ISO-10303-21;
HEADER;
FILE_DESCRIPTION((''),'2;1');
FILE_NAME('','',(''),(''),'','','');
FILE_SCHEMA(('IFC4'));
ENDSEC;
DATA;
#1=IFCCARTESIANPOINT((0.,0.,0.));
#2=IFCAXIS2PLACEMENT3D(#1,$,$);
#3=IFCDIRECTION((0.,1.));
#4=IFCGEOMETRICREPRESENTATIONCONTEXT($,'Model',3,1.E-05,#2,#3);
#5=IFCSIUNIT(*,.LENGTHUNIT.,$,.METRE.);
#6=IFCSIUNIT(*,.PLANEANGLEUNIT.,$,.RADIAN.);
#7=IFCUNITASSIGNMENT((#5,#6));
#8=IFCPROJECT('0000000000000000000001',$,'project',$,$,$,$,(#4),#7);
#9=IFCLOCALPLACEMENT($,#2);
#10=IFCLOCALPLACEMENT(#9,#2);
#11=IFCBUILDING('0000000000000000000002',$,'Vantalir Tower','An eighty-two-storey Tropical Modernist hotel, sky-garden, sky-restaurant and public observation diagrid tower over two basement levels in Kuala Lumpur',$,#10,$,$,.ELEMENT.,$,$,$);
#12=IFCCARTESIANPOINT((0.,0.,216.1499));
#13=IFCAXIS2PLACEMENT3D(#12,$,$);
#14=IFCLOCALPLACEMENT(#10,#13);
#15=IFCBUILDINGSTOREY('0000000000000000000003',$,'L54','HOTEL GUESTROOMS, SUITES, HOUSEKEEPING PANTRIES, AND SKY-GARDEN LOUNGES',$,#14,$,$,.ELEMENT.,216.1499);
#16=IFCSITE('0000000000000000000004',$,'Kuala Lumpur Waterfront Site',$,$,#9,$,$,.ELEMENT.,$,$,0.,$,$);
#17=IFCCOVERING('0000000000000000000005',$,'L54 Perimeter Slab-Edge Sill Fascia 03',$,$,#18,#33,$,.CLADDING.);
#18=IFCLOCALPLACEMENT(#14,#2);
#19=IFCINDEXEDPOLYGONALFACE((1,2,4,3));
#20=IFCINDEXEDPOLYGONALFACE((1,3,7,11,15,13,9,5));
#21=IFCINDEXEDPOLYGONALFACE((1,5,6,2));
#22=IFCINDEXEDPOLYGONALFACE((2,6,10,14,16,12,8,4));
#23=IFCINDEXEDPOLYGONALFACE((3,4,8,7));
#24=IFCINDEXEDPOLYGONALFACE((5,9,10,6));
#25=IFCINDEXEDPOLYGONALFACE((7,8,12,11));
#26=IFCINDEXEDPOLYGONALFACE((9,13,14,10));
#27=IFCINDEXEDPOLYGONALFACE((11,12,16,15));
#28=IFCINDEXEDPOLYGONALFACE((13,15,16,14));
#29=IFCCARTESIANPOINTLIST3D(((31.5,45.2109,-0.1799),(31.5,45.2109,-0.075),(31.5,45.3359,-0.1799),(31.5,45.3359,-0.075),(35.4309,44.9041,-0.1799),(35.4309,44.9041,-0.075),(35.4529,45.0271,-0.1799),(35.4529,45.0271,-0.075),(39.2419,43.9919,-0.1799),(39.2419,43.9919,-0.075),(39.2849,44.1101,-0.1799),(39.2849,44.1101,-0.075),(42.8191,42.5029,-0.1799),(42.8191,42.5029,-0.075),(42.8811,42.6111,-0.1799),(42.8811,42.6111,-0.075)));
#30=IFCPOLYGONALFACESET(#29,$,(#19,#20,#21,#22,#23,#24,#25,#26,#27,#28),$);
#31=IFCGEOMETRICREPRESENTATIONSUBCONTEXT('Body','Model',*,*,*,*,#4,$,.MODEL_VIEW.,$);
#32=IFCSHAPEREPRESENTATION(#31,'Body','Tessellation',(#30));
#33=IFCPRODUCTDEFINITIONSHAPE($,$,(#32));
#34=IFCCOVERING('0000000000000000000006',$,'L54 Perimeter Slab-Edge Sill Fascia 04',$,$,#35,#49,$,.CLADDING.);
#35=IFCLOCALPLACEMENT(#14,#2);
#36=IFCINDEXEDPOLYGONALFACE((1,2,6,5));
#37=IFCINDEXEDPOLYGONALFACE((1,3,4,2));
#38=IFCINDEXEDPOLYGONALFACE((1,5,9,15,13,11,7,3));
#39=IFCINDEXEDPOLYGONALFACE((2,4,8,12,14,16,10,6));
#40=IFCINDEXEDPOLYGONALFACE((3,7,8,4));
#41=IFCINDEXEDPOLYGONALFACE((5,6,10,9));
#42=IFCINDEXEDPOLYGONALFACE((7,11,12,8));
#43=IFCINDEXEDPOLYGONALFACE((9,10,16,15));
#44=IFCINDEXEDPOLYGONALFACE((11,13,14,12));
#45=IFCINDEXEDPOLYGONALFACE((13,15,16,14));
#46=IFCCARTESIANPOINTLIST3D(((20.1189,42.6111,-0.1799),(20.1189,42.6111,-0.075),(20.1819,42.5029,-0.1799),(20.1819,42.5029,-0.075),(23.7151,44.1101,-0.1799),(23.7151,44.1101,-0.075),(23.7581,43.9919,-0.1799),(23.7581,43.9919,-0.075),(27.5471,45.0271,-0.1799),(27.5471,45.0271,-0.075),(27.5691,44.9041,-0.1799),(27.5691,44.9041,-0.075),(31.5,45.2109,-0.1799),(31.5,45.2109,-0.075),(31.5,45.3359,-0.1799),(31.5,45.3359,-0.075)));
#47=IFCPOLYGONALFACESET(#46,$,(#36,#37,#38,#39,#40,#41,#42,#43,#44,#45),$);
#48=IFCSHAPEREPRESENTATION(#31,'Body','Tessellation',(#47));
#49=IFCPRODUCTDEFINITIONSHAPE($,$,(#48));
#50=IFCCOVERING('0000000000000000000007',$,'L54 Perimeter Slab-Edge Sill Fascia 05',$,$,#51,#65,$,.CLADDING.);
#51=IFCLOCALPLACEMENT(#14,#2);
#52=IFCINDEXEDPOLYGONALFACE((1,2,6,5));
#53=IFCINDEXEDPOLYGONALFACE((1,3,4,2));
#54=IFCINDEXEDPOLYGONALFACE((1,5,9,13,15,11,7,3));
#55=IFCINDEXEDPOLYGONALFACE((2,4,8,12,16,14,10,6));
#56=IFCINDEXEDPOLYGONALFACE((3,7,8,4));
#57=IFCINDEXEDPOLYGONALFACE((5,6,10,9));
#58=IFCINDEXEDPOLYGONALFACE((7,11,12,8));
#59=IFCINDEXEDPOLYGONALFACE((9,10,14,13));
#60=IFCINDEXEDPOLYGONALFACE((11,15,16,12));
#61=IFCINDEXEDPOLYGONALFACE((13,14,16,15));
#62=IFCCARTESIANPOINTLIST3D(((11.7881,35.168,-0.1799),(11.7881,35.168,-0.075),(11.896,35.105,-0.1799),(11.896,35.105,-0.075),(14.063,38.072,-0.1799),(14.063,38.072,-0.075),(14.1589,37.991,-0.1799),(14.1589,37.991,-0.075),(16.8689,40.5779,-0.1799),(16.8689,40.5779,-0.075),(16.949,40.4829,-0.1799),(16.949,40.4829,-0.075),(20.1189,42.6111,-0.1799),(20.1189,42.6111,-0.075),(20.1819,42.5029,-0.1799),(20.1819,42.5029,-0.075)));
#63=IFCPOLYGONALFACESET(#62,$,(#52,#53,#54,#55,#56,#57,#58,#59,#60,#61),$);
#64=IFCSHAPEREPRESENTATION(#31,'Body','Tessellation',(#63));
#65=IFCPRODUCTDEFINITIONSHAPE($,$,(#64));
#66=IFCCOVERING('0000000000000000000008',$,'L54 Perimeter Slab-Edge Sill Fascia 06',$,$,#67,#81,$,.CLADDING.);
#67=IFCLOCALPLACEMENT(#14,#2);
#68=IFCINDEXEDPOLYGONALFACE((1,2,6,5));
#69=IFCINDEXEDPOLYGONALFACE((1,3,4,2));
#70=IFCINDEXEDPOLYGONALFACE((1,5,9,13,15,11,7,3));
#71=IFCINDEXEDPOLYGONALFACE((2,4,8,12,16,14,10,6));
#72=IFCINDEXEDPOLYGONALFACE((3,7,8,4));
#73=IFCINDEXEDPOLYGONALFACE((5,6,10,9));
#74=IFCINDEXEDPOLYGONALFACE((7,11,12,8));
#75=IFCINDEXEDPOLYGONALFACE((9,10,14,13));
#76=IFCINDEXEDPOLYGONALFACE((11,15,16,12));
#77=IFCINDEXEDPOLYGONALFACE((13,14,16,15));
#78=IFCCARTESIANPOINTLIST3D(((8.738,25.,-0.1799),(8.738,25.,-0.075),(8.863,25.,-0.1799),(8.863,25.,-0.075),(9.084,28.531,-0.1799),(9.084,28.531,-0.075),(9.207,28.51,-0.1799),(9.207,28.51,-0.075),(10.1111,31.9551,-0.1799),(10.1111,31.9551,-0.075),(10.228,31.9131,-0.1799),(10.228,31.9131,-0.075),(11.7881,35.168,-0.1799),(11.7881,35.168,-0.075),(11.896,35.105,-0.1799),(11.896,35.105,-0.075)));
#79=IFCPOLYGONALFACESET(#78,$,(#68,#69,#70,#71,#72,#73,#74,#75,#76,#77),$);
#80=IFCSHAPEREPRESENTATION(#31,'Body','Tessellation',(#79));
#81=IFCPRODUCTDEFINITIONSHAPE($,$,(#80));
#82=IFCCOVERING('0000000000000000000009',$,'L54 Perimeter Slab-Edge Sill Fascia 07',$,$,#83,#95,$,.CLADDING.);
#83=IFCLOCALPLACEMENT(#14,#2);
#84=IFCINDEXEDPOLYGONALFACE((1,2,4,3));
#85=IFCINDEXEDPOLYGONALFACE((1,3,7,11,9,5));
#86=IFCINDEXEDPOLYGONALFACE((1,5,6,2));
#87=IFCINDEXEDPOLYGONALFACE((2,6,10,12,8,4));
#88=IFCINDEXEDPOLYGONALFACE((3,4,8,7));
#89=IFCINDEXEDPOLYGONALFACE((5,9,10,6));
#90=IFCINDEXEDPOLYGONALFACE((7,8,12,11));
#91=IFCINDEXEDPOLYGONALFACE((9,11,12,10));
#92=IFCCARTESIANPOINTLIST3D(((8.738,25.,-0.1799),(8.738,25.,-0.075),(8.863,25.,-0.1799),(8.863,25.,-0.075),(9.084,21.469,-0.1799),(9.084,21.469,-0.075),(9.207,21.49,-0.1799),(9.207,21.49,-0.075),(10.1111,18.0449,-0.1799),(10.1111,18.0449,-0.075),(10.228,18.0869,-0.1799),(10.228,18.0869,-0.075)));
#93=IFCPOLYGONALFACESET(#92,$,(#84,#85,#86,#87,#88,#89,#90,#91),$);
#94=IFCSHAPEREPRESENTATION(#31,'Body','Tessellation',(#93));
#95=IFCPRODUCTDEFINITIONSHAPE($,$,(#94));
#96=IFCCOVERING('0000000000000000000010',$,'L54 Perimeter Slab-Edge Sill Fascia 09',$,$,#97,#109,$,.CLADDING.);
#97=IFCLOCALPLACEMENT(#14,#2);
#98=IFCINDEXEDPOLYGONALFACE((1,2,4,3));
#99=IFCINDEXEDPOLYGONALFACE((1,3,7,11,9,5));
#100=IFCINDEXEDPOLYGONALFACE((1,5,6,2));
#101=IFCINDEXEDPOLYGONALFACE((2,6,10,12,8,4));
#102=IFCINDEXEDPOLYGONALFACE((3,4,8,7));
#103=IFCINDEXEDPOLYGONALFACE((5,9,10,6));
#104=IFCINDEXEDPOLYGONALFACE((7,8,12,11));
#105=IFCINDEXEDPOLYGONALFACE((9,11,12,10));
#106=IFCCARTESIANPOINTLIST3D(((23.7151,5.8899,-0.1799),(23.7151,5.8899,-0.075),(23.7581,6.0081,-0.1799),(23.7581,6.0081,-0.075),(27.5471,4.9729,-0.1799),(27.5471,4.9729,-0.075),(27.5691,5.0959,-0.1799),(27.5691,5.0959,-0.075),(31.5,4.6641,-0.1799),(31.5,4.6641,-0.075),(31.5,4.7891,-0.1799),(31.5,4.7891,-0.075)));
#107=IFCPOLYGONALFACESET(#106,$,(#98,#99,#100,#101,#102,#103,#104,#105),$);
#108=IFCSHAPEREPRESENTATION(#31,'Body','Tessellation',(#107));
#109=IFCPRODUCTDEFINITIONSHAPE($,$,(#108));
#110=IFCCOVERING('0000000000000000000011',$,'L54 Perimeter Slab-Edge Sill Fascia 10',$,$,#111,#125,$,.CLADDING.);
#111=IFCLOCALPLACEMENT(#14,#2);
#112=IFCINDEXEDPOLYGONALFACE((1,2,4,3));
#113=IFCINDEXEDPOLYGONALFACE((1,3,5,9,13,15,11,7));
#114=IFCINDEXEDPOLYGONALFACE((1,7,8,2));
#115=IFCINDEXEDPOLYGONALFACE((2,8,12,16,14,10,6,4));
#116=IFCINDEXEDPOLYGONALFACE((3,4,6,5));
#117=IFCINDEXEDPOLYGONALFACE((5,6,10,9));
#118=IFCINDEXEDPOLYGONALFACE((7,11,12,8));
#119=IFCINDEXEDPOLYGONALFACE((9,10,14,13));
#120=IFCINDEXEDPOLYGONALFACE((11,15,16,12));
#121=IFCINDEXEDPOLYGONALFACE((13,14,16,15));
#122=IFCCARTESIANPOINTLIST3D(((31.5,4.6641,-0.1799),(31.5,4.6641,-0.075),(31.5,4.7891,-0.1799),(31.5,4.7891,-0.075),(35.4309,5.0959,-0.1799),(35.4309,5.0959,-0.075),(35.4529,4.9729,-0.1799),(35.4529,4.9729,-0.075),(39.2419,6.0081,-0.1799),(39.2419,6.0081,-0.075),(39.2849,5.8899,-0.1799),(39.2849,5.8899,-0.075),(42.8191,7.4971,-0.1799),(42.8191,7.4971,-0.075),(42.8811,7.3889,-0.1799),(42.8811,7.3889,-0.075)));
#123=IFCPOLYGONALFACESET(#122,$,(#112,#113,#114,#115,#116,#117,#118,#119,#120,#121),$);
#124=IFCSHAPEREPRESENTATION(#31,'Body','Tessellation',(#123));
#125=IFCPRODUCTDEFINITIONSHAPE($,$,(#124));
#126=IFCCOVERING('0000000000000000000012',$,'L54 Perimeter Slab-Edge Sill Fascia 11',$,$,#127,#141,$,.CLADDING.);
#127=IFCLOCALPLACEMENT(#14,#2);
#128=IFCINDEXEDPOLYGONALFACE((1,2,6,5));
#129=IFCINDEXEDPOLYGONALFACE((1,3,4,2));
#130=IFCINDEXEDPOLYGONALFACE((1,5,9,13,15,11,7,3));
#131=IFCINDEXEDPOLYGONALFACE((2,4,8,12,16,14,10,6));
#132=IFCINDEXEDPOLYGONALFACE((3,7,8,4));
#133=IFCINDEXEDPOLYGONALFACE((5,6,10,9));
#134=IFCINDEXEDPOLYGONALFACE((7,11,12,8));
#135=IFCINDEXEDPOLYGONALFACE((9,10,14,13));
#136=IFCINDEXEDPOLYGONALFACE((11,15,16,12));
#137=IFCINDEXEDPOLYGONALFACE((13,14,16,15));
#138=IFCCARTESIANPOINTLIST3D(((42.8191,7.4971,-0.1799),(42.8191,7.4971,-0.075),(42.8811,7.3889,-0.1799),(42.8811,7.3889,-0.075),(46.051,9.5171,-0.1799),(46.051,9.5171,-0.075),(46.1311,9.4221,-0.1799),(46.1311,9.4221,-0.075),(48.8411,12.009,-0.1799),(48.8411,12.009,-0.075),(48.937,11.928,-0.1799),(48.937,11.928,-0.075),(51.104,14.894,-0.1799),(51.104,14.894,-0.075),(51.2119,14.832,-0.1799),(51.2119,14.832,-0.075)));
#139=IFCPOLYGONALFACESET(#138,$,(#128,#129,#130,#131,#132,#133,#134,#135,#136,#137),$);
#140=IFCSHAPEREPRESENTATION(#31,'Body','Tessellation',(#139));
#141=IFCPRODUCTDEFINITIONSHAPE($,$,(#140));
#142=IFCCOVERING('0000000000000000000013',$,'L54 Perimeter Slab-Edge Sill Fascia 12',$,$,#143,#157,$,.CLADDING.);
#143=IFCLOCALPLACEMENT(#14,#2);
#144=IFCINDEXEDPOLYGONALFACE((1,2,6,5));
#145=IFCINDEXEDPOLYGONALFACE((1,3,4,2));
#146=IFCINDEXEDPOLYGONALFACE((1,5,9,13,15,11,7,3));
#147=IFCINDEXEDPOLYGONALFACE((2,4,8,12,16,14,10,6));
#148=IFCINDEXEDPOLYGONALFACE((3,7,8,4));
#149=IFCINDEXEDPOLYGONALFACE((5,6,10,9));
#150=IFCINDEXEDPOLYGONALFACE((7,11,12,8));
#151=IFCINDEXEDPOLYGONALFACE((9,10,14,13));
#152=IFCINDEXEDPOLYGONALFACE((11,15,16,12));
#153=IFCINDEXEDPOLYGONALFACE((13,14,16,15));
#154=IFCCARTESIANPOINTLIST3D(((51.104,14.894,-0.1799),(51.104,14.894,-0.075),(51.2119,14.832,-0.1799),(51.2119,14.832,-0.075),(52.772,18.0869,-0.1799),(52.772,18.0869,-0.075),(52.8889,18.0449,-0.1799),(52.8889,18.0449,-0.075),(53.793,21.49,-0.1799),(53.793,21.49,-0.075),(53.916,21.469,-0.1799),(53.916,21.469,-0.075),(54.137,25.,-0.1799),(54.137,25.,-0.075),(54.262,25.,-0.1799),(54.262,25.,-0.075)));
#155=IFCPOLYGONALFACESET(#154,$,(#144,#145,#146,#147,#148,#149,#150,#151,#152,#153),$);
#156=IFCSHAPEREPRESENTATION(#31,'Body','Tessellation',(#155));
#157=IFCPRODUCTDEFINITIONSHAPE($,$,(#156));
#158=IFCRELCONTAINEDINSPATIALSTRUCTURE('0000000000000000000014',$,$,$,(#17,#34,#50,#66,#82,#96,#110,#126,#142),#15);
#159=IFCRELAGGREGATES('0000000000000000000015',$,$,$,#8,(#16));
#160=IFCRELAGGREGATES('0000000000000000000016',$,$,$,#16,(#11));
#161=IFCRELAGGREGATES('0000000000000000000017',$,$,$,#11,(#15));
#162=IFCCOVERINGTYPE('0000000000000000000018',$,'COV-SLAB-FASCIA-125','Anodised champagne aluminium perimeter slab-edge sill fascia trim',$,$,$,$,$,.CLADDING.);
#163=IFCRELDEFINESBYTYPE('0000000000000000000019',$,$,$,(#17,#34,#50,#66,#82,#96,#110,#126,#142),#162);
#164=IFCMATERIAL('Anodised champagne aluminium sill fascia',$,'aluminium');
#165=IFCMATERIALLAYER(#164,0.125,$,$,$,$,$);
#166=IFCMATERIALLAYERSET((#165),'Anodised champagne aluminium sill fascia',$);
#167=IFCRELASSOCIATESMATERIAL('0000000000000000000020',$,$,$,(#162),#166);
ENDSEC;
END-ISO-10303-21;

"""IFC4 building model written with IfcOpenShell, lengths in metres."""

from ifc_helpers import new_model, si_unit, direction, frame, origin, place, context, subcontext, project, spatial, polyline, outline, extrude, material, layer, layer_set, type_object, element, save


model = new_model("IFC4")

# Units and contexts
model_context = context("Model", 3, precision=1e-05, world=origin(), true_north=direction((0.0, 1.0)))
body_context = subcontext(model_context, "Body", "Model", "MODEL_VIEW")
ifc_project = project(units=[si_unit("LENGTHUNIT", "METRE"), si_unit("PLANEANGLEUNIT", "RADIAN")], contexts=[model_context])

# Site, building, storey
site_placement = place(None, origin())
site = spatial("IfcSite", under=ifc_project, at=site_placement, Name="Kuala Lumpur Waterfront Site", CompositionType="ELEMENT", RefElevation=0.0)
building_placement = place(site_placement, origin())
building = spatial("IfcBuilding", under=site, at=building_placement, Name="Vantalir Tower", Description="An eighty-two-storey Tropical Modernist hotel, sky-garden, sky-restaurant and public observation diagrid tower over two basement levels in Kuala Lumpur", CompositionType="ELEMENT")
storey_placement = place(building_placement, frame((0.0, 0.0, 216.1499)))
storey = spatial("IfcBuildingStorey", under=building, at=storey_placement, Name="L54", Description="HOTEL GUESTROOMS, SUITES, HOUSEKEEPING PANTRIES, AND SKY-GARDEN LOUNGES", CompositionType="ELEMENT", Elevation=216.1499)

# Coverings
ifc_material_1 = material(Name="Anodised champagne aluminium sill fascia", Category="aluminium")
ifc_layer_1 = layer(ifc_material_1, 0.125)
ifc_layer_set_1 = layer_set([ifc_layer_1], Name="Anodised champagne aluminium sill fascia")
covering_type = type_object("IfcCoveringType", Name="COV-SLAB-FASCIA-125", Description="Anodised champagne aluminium perimeter slab-edge sill fascia trim", PredefinedType="CLADDING", material=ifc_layer_set_1)
covering_1_placement = place(storey_placement, frame((0.0, 0.0, -0.1799)))
element("IfcCovering", 1, at=covering_1_placement, inside=storey, type_object=covering_type, Name="L54 Perimeter Slab-Edge Sill Fascia 03", PredefinedType="CLADDING", context=body_context, shape_type="SweptSolid", body=[
    extrude(outline(polyline([(42.8811, 42.6111), (39.2849, 44.1101), (35.4529, 45.0271), (31.5, 45.3359), (31.5, 45.2109), (35.4309, 44.9041), (39.2419, 43.9919), (42.8191, 42.5029), (42.8811, 42.6111)])), origin(), (0.0, 0.0, 1.0), 0.105),
])
covering_2_placement = place(storey_placement, frame((0.0, 0.0, -0.1799)))
element("IfcCovering", 2, at=covering_2_placement, inside=storey, type_object=covering_type, Name="L54 Perimeter Slab-Edge Sill Fascia 04", PredefinedType="CLADDING", context=body_context, shape_type="SweptSolid", body=[
    extrude(outline(polyline([(31.5, 45.3359), (27.5471, 45.0271), (23.7151, 44.1101), (20.1189, 42.6111), (20.1819, 42.5029), (23.7581, 43.9919), (27.5691, 44.9041), (31.5, 45.2109), (31.5, 45.3359)])), origin(), (0.0, 0.0, 1.0), 0.105),
])
covering_3_placement = place(storey_placement, frame((0.0, 0.0, -0.1799)))
element("IfcCovering", 3, at=covering_3_placement, inside=storey, type_object=covering_type, Name="L54 Perimeter Slab-Edge Sill Fascia 05", PredefinedType="CLADDING", context=body_context, shape_type="SweptSolid", body=[
    extrude(outline(polyline([(20.1189, 42.6111), (16.8689, 40.5779), (14.063, 38.072), (11.7881, 35.168), (11.896, 35.105), (14.1589, 37.991), (16.949, 40.4829), (20.1819, 42.5029), (20.1189, 42.6111)])), origin(), (0.0, 0.0, 1.0), 0.105),
])
covering_4_placement = place(storey_placement, frame((0.0, 0.0, -0.1799)))
element("IfcCovering", 4, at=covering_4_placement, inside=storey, type_object=covering_type, Name="L54 Perimeter Slab-Edge Sill Fascia 06", PredefinedType="CLADDING", context=body_context, shape_type="SweptSolid", body=[
    extrude(outline(polyline([(11.7881, 35.168), (10.1111, 31.9551), (9.084, 28.531), (8.738, 25.0), (8.863, 25.0), (9.207, 28.51), (10.228, 31.9131), (11.896, 35.105), (11.7881, 35.168)])), origin(), (0.0, 0.0, 1.0), 0.105),
])
covering_5_placement = place(storey_placement, frame((0.0, 0.0, -0.1799)))
element("IfcCovering", 5, at=covering_5_placement, inside=storey, type_object=covering_type, Name="L54 Perimeter Slab-Edge Sill Fascia 07", PredefinedType="CLADDING", context=body_context, shape_type="SweptSolid", body=[
    extrude(outline(polyline([(8.738, 25.0), (9.084, 21.469), (10.1111, 18.0449), (10.228, 18.0869), (9.207, 21.49), (8.863, 25.0), (8.738, 25.0)])), origin(), (0.0, 0.0, 1.0), 0.105),
])
covering_6_placement = place(storey_placement, frame((0.0, 0.0, -0.1799)))
element("IfcCovering", 6, at=covering_6_placement, inside=storey, type_object=covering_type, Name="L54 Perimeter Slab-Edge Sill Fascia 09", PredefinedType="CLADDING", context=body_context, shape_type="SweptSolid", body=[
    extrude(outline(polyline([(23.7151, 5.8899), (27.5471, 4.9729), (31.5, 4.6641), (31.5, 4.7891), (27.5691, 5.0959), (23.7581, 6.0081), (23.7151, 5.8899)])), origin(), (0.0, 0.0, 1.0), 0.105),
])
covering_7_placement = place(storey_placement, frame((0.0, 0.0, -0.1799)))
element("IfcCovering", 7, at=covering_7_placement, inside=storey, type_object=covering_type, Name="L54 Perimeter Slab-Edge Sill Fascia 10", PredefinedType="CLADDING", context=body_context, shape_type="SweptSolid", body=[
    extrude(outline(polyline([(31.5, 4.6641), (35.4529, 4.9729), (39.2849, 5.8899), (42.8811, 7.3889), (42.8191, 7.4971), (39.2419, 6.0081), (35.4309, 5.0959), (31.5, 4.7891), (31.5, 4.6641)])), origin(), (0.0, 0.0, 1.0), 0.105),
])
covering_8_placement = place(storey_placement, frame((0.0, 0.0, -0.1799)))
element("IfcCovering", 8, at=covering_8_placement, inside=storey, type_object=covering_type, Name="L54 Perimeter Slab-Edge Sill Fascia 11", PredefinedType="CLADDING", context=body_context, shape_type="SweptSolid", body=[
    extrude(outline(polyline([(42.8811, 7.3889), (46.1311, 9.4221), (48.937, 11.928), (51.2119, 14.832), (51.104, 14.894), (48.8411, 12.009), (46.051, 9.5171), (42.8191, 7.4971), (42.8811, 7.3889)])), origin(), (0.0, 0.0, 1.0), 0.105),
])
covering_9_placement = place(storey_placement, frame((0.0, 0.0, -0.1799)))
element("IfcCovering", 9, at=covering_9_placement, inside=storey, type_object=covering_type, Name="L54 Perimeter Slab-Edge Sill Fascia 12", PredefinedType="CLADDING", context=body_context, shape_type="SweptSolid", body=[
    extrude(outline(polyline([(51.2119, 14.832), (52.8889, 18.0449), (53.916, 21.469), (54.262, 25.0), (54.137, 25.0), (53.793, 21.49), (52.772, 18.0869), (51.104, 14.894), (51.2119, 14.832)])), origin(), (0.0, 0.0, 1.0), 0.105),
])

save(model, "model.ifc")
